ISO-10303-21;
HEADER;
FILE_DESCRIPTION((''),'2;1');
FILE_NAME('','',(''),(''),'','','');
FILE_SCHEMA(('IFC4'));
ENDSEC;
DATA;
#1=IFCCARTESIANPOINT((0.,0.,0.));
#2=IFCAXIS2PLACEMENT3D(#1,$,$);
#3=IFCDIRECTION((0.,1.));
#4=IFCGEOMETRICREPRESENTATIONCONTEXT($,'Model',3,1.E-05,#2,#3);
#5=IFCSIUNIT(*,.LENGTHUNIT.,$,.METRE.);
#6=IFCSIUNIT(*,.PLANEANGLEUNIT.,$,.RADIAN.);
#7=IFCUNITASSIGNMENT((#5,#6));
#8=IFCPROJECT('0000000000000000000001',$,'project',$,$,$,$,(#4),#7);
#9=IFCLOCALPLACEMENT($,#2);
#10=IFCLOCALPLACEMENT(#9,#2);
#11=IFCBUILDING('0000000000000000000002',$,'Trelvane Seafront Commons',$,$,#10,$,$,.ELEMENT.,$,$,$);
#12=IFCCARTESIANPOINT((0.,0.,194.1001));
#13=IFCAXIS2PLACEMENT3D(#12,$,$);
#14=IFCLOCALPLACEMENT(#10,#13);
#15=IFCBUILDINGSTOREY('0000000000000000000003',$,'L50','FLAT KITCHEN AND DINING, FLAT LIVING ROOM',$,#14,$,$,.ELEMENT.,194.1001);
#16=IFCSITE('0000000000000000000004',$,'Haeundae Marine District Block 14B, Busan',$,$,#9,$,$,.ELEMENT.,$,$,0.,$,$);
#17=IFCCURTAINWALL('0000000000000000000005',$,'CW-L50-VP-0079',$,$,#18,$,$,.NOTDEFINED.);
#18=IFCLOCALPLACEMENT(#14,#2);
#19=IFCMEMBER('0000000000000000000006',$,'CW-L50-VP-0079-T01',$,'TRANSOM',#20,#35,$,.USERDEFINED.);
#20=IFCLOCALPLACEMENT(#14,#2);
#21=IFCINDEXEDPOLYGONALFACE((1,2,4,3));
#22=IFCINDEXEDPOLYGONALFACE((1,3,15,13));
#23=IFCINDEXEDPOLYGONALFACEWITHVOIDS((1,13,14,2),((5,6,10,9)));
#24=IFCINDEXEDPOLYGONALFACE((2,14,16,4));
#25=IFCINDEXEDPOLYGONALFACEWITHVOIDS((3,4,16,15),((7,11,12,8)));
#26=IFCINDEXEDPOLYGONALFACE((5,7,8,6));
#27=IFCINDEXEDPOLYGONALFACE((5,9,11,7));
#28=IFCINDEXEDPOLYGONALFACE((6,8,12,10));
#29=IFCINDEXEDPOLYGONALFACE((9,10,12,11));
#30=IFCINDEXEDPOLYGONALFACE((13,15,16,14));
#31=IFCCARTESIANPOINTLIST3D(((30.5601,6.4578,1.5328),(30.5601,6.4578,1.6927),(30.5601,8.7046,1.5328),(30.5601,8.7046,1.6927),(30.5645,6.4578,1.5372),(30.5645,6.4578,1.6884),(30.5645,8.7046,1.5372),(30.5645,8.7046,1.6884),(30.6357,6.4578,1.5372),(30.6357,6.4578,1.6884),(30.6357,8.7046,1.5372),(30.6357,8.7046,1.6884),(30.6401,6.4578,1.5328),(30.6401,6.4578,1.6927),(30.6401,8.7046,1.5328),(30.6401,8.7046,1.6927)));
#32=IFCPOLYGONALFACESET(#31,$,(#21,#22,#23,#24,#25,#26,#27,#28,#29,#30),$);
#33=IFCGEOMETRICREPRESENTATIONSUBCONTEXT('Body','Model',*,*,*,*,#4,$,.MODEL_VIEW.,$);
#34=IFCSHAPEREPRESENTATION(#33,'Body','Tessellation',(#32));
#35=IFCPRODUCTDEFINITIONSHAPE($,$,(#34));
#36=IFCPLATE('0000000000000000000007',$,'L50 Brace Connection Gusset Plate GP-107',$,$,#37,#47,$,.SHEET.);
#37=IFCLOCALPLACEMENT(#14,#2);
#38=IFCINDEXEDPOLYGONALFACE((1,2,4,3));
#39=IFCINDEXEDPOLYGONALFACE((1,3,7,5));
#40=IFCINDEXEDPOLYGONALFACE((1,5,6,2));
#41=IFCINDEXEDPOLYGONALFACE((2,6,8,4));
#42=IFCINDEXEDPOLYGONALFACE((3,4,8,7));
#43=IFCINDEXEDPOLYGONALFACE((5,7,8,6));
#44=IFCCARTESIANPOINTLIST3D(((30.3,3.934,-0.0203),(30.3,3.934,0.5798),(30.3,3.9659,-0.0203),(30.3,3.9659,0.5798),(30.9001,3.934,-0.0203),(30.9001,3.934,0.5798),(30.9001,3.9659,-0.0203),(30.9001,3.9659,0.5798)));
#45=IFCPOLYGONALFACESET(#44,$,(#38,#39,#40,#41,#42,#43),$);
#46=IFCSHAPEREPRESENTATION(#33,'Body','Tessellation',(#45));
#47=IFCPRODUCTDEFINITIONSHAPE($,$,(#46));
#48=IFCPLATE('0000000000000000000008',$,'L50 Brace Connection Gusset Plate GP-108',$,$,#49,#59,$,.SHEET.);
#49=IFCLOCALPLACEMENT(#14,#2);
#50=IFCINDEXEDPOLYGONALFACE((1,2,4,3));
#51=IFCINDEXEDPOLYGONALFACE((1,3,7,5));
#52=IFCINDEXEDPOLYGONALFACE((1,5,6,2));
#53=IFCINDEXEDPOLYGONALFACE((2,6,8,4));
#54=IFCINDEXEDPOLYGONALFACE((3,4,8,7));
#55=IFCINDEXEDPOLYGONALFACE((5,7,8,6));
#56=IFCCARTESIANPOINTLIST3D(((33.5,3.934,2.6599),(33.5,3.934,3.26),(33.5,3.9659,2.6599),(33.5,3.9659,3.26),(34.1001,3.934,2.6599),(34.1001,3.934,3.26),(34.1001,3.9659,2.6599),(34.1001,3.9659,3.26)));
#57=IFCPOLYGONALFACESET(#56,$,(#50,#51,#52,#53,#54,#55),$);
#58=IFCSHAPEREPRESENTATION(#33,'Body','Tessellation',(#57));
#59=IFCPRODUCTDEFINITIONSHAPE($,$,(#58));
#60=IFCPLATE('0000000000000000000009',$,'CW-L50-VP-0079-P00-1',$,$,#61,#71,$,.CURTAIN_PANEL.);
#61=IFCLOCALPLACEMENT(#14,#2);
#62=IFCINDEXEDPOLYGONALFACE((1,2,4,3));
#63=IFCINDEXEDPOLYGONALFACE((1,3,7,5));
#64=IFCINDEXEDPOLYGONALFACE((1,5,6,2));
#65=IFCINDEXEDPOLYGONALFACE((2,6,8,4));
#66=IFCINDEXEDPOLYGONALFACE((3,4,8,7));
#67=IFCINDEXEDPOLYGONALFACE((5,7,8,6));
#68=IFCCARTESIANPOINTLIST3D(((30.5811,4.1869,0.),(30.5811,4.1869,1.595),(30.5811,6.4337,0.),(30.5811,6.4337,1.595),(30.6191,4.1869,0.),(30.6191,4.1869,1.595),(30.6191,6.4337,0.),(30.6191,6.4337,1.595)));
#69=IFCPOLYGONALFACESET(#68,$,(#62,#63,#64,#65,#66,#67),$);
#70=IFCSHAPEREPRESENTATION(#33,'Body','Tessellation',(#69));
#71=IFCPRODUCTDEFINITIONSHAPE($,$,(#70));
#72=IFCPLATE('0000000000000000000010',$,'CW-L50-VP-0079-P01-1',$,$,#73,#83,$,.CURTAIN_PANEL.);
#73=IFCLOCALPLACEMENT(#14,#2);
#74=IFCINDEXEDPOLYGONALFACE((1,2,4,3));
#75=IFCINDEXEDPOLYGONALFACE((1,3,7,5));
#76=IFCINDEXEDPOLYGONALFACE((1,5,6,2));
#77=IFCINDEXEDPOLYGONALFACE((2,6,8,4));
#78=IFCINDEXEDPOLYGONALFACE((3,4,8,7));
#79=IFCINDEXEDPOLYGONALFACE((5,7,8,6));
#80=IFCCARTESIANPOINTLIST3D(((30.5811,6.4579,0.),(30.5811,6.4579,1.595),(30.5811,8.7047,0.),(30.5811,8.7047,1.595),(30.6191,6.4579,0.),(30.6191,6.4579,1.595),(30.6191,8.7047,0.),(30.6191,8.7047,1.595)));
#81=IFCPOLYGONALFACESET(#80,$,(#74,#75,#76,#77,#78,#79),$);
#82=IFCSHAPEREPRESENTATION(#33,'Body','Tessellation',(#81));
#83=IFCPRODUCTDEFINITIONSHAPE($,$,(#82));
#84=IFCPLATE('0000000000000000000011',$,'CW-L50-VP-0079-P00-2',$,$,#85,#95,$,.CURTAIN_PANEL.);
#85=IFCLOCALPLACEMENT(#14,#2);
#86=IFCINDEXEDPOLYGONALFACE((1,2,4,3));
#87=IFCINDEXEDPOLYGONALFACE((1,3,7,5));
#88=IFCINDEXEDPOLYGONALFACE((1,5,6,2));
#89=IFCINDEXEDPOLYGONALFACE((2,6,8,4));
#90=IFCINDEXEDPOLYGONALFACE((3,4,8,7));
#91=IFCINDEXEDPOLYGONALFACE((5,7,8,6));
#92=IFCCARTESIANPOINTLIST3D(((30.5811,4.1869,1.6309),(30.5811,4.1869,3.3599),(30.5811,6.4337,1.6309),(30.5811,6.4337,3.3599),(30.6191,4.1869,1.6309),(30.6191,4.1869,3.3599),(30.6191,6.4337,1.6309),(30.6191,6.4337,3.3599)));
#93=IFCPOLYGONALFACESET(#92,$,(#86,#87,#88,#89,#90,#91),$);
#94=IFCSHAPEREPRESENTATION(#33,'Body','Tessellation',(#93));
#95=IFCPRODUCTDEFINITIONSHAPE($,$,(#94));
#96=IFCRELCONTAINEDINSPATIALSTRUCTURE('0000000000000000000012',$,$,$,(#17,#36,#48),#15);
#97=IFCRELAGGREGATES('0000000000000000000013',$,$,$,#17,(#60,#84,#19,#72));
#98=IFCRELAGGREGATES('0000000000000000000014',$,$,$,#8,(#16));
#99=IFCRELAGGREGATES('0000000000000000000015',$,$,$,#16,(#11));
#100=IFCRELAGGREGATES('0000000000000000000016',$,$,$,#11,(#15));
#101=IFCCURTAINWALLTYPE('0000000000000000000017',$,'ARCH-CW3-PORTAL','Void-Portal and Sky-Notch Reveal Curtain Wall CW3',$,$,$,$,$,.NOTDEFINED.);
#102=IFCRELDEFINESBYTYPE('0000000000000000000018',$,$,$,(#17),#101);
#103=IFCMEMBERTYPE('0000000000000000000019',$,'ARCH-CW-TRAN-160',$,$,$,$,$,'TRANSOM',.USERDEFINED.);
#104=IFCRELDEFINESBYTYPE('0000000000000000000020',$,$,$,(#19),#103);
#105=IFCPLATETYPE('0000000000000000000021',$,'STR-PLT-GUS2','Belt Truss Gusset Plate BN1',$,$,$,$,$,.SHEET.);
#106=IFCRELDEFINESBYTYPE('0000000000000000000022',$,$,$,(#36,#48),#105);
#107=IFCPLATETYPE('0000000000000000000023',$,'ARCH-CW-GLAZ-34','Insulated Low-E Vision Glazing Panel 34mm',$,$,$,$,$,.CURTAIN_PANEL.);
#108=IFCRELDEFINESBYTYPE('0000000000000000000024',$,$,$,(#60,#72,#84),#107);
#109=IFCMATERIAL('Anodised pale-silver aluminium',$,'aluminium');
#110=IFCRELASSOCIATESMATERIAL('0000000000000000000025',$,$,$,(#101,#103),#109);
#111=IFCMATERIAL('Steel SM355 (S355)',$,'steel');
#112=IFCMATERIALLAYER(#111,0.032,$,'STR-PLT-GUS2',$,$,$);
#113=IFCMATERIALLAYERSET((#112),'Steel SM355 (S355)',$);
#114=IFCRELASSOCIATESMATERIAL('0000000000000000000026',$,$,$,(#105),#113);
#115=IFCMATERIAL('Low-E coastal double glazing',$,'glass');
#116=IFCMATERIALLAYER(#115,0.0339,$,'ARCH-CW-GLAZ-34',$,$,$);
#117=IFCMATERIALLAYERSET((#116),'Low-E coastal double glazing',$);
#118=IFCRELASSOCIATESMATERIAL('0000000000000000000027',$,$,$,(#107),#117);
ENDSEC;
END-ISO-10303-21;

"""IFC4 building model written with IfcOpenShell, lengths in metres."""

from ifc_helpers import new_model, si_unit, direction, frame, origin, origin_2d, place, context, subcontext, project, spatial, rectangle, hollow_rectangle, extrude, source, transform, mapped, material, layer, layer_set, material_profile, profile_set, type_object, element, aggregate, save


model = new_model("IFC4")

# Units and contexts
model_context = context("Model", 3, precision=1e-05, world=origin(), true_north=direction((0.0, 1.0)))
body_context = subcontext(model_context, "Body", "Model", "MODEL_VIEW")
ifc_project = project(units=[si_unit("LENGTHUNIT", "METRE"), si_unit("PLANEANGLEUNIT", "RADIAN")], contexts=[model_context])

# Site, building, storey
site_placement = place(None, origin())
site = spatial("IfcSite", under=ifc_project, at=site_placement, Name="Haeundae Marine District Block 14B, Busan", CompositionType="ELEMENT", RefElevation=0.0)
building_placement = place(site_placement, origin())
building = spatial("IfcBuilding", under=site, at=building_placement, Name="Trelvane Seafront Commons", CompositionType="ELEMENT")
storey_placement = place(building_placement, frame((0.0, 0.0, 194.1001)))
storey = spatial("IfcBuildingStorey", under=building, at=storey_placement, Name="L50", Description="FLAT KITCHEN AND DINING, FLAT LIVING ROOM", CompositionType="ELEMENT", Elevation=194.1001)

# Shared definitions
ifc_material_1 = material(Name="Steel SM355 (S355)", Category="steel")

# Curtain wall, member
ifc_material_2 = material(Name="Anodised pale-silver aluminium", Category="aluminium")
curtain_wall_type = type_object("IfcCurtainWallType", Name="ARCH-CW3-PORTAL", Description="Void-Portal and Sky-Notch Reveal Curtain Wall CW3", PredefinedType="NOTDEFINED", material=ifc_material_2)
curtain_wall_placement = place(storey_placement, origin())
curtain_wall = element("IfcCurtainWall", 1, at=curtain_wall_placement, inside=storey, type_object=curtain_wall_type, Name="CW-L50-VP-0079", PredefinedType="NOTDEFINED")
ifc_material_profile_1 = material_profile(ifc_material_2, hollow_rectangle(XDim=0.0801, YDim=0.1599, WallThickness=0.0044, at=origin_2d()), Name="TRAN-80x160x4.5")
ifc_profile_set_1 = profile_set([ifc_material_profile_1], Name="Anodised pale-silver aluminium")
member_type_1 = type_object("IfcMemberType", Name="ARCH-CW-TRAN-160", ElementType="TRANSOM", PredefinedType="USERDEFINED", material=ifc_profile_set_1)
shared_shape_1 = source(origin(), body_context, "Body", "SweptSolid", [
    extrude(hollow_rectangle(XDim=0.0801, YDim=0.1599, WallThickness=0.0044, at=origin_2d()), origin(), (0.0, 0.0, 1.0), 2.2468),
])
member_1_placement = place(storey_placement, frame((30.6001, 6.4578, 1.6128), z_axis=(0.0, 1.0, 0.0), x_axis=(-1.0, 0.0, 0.0)))
member_1 = element("IfcMember", 2, at=member_1_placement, type_object=member_type_1, Name="CW-L50-VP-0079-T01", ObjectType="TRANSOM", PredefinedType="USERDEFINED", context=body_context, shape_type="MappedRepresentation", body=[
    mapped(shared_shape_1, transform((0.0, 0.0, 0.0), x_axis=(1.0, 0.0, 0.0), y_axis=(0.0, 1.0, 0.0), z_axis=(0.0, 0.0, 1.0), scale=1.0)),
])

# Plates
ifc_layer_1 = layer(ifc_material_1, 0.032, Name="STR-PLT-GUS2")
ifc_layer_set_1 = layer_set([ifc_layer_1], Name="Steel SM355 (S355)")
plate_type_1 = type_object("IfcPlateType", Name="STR-PLT-GUS2", Description="Belt Truss Gusset Plate BN1", PredefinedType="SHEET", material=ifc_layer_set_1)
shared_shape_2 = source(origin(), body_context, "Body", "SweptSolid", [
    extrude(rectangle(XDim=0.6001, YDim=0.032, at=origin_2d()), origin(), (0.0, 0.0, 1.0), 0.6001),
])
for number, where, z_axis, x_axis, name in (
    (3, (30.6001, 3.95, -0.0203), (0.0, 0.0, 1.0), (1.0, 0.0, 0.0), "L50 Brace Connection Gusset Plate GP-107"),
    (4, (33.8, 3.95, 2.6599), (0.0, 0.0, 1.0), (1.0, 0.0, 0.0), "L50 Brace Connection Gusset Plate GP-108"),
):
    element("IfcPlate", number, at=place(storey_placement, frame(where, z_axis=z_axis, x_axis=x_axis)), inside=storey, type_object=plate_type_1, Name=name, PredefinedType="SHEET", context=body_context, shape_type="MappedRepresentation", body=[
        mapped(shared_shape_2, transform((0.0, 0.0, 0.0), x_axis=(1.0, 0.0, 0.0), y_axis=(0.0, 1.0, 0.0), z_axis=(0.0, 0.0, 1.0), scale=1.0)),
    ])

# Plates
ifc_material_3 = material(Name="Low-E coastal double glazing", Category="glass")
ifc_layer_2 = layer(ifc_material_3, 0.0339, Name="ARCH-CW-GLAZ-34")
ifc_layer_set_2 = layer_set([ifc_layer_2], Name="Low-E coastal double glazing")
plate_type_2 = type_object("IfcPlateType", Name="ARCH-CW-GLAZ-34", Description="Insulated Low-E Vision Glazing Panel 34mm", PredefinedType="CURTAIN_PANEL", material=ifc_layer_set_2)
shared_shape_3 = source(origin(), body_context, "Body", "SweptSolid", [
    extrude(rectangle(XDim=2.2468, YDim=0.0381, at=origin_2d()), origin(), (0.0, 0.0, 1.0), 1.595),
])
plate_1_placement = place(storey_placement, frame((30.6001, 5.3103, 0.0), z_axis=(0.0, 0.0, 1.0), x_axis=(0.0, 1.0, 0.0)))
plate_1 = element("IfcPlate", 5, at=plate_1_placement, type_object=plate_type_2, Name="CW-L50-VP-0079-P00-1", PredefinedType="CURTAIN_PANEL", context=body_context, shape_type="MappedRepresentation", body=[
    mapped(shared_shape_3, transform((0.0, 0.0, 0.0), x_axis=(1.0, 0.0, 0.0), y_axis=(0.0, 1.0, 0.0), z_axis=(0.0, 0.0, 1.0), scale=1.0)),
])
plate_2_placement = place(storey_placement, frame((30.6001, 7.5813, 0.0), z_axis=(0.0, 0.0, 1.0), x_axis=(0.0, 1.0, 0.0)))
plate_2 = element("IfcPlate", 6, at=plate_2_placement, type_object=plate_type_2, Name="CW-L50-VP-0079-P01-1", PredefinedType="CURTAIN_PANEL", context=body_context, shape_type="MappedRepresentation", body=[
    mapped(shared_shape_3, transform((0.0, 0.0, 0.0), x_axis=(1.0, 0.0, 0.0), y_axis=(0.0, 1.0, 0.0), z_axis=(0.0, 0.0, 1.0), scale=1.0)),
])
shared_shape_4 = source(origin(), body_context, "Body", "SweptSolid", [
    extrude(rectangle(XDim=2.2468, YDim=0.0381, at=origin_2d()), origin(), (0.0, 0.0, 1.0), 1.729),
])
plate_3_placement = place(storey_placement, frame((30.6001, 5.3103, 1.6309), z_axis=(0.0, 0.0, 1.0), x_axis=(0.0, 1.0, 0.0)))
plate_3 = element("IfcPlate", 7, at=plate_3_placement, type_object=plate_type_2, Name="CW-L50-VP-0079-P00-2", PredefinedType="CURTAIN_PANEL", context=body_context, shape_type="MappedRepresentation", body=[
    mapped(shared_shape_4, transform((0.0, 0.0, 0.0), x_axis=(1.0, 0.0, 0.0), y_axis=(0.0, 1.0, 0.0), z_axis=(0.0, 0.0, 1.0), scale=1.0)),
])
aggregate(curtain_wall, [plate_1, plate_3, member_1, plate_2])

save(model, "model.ifc")
